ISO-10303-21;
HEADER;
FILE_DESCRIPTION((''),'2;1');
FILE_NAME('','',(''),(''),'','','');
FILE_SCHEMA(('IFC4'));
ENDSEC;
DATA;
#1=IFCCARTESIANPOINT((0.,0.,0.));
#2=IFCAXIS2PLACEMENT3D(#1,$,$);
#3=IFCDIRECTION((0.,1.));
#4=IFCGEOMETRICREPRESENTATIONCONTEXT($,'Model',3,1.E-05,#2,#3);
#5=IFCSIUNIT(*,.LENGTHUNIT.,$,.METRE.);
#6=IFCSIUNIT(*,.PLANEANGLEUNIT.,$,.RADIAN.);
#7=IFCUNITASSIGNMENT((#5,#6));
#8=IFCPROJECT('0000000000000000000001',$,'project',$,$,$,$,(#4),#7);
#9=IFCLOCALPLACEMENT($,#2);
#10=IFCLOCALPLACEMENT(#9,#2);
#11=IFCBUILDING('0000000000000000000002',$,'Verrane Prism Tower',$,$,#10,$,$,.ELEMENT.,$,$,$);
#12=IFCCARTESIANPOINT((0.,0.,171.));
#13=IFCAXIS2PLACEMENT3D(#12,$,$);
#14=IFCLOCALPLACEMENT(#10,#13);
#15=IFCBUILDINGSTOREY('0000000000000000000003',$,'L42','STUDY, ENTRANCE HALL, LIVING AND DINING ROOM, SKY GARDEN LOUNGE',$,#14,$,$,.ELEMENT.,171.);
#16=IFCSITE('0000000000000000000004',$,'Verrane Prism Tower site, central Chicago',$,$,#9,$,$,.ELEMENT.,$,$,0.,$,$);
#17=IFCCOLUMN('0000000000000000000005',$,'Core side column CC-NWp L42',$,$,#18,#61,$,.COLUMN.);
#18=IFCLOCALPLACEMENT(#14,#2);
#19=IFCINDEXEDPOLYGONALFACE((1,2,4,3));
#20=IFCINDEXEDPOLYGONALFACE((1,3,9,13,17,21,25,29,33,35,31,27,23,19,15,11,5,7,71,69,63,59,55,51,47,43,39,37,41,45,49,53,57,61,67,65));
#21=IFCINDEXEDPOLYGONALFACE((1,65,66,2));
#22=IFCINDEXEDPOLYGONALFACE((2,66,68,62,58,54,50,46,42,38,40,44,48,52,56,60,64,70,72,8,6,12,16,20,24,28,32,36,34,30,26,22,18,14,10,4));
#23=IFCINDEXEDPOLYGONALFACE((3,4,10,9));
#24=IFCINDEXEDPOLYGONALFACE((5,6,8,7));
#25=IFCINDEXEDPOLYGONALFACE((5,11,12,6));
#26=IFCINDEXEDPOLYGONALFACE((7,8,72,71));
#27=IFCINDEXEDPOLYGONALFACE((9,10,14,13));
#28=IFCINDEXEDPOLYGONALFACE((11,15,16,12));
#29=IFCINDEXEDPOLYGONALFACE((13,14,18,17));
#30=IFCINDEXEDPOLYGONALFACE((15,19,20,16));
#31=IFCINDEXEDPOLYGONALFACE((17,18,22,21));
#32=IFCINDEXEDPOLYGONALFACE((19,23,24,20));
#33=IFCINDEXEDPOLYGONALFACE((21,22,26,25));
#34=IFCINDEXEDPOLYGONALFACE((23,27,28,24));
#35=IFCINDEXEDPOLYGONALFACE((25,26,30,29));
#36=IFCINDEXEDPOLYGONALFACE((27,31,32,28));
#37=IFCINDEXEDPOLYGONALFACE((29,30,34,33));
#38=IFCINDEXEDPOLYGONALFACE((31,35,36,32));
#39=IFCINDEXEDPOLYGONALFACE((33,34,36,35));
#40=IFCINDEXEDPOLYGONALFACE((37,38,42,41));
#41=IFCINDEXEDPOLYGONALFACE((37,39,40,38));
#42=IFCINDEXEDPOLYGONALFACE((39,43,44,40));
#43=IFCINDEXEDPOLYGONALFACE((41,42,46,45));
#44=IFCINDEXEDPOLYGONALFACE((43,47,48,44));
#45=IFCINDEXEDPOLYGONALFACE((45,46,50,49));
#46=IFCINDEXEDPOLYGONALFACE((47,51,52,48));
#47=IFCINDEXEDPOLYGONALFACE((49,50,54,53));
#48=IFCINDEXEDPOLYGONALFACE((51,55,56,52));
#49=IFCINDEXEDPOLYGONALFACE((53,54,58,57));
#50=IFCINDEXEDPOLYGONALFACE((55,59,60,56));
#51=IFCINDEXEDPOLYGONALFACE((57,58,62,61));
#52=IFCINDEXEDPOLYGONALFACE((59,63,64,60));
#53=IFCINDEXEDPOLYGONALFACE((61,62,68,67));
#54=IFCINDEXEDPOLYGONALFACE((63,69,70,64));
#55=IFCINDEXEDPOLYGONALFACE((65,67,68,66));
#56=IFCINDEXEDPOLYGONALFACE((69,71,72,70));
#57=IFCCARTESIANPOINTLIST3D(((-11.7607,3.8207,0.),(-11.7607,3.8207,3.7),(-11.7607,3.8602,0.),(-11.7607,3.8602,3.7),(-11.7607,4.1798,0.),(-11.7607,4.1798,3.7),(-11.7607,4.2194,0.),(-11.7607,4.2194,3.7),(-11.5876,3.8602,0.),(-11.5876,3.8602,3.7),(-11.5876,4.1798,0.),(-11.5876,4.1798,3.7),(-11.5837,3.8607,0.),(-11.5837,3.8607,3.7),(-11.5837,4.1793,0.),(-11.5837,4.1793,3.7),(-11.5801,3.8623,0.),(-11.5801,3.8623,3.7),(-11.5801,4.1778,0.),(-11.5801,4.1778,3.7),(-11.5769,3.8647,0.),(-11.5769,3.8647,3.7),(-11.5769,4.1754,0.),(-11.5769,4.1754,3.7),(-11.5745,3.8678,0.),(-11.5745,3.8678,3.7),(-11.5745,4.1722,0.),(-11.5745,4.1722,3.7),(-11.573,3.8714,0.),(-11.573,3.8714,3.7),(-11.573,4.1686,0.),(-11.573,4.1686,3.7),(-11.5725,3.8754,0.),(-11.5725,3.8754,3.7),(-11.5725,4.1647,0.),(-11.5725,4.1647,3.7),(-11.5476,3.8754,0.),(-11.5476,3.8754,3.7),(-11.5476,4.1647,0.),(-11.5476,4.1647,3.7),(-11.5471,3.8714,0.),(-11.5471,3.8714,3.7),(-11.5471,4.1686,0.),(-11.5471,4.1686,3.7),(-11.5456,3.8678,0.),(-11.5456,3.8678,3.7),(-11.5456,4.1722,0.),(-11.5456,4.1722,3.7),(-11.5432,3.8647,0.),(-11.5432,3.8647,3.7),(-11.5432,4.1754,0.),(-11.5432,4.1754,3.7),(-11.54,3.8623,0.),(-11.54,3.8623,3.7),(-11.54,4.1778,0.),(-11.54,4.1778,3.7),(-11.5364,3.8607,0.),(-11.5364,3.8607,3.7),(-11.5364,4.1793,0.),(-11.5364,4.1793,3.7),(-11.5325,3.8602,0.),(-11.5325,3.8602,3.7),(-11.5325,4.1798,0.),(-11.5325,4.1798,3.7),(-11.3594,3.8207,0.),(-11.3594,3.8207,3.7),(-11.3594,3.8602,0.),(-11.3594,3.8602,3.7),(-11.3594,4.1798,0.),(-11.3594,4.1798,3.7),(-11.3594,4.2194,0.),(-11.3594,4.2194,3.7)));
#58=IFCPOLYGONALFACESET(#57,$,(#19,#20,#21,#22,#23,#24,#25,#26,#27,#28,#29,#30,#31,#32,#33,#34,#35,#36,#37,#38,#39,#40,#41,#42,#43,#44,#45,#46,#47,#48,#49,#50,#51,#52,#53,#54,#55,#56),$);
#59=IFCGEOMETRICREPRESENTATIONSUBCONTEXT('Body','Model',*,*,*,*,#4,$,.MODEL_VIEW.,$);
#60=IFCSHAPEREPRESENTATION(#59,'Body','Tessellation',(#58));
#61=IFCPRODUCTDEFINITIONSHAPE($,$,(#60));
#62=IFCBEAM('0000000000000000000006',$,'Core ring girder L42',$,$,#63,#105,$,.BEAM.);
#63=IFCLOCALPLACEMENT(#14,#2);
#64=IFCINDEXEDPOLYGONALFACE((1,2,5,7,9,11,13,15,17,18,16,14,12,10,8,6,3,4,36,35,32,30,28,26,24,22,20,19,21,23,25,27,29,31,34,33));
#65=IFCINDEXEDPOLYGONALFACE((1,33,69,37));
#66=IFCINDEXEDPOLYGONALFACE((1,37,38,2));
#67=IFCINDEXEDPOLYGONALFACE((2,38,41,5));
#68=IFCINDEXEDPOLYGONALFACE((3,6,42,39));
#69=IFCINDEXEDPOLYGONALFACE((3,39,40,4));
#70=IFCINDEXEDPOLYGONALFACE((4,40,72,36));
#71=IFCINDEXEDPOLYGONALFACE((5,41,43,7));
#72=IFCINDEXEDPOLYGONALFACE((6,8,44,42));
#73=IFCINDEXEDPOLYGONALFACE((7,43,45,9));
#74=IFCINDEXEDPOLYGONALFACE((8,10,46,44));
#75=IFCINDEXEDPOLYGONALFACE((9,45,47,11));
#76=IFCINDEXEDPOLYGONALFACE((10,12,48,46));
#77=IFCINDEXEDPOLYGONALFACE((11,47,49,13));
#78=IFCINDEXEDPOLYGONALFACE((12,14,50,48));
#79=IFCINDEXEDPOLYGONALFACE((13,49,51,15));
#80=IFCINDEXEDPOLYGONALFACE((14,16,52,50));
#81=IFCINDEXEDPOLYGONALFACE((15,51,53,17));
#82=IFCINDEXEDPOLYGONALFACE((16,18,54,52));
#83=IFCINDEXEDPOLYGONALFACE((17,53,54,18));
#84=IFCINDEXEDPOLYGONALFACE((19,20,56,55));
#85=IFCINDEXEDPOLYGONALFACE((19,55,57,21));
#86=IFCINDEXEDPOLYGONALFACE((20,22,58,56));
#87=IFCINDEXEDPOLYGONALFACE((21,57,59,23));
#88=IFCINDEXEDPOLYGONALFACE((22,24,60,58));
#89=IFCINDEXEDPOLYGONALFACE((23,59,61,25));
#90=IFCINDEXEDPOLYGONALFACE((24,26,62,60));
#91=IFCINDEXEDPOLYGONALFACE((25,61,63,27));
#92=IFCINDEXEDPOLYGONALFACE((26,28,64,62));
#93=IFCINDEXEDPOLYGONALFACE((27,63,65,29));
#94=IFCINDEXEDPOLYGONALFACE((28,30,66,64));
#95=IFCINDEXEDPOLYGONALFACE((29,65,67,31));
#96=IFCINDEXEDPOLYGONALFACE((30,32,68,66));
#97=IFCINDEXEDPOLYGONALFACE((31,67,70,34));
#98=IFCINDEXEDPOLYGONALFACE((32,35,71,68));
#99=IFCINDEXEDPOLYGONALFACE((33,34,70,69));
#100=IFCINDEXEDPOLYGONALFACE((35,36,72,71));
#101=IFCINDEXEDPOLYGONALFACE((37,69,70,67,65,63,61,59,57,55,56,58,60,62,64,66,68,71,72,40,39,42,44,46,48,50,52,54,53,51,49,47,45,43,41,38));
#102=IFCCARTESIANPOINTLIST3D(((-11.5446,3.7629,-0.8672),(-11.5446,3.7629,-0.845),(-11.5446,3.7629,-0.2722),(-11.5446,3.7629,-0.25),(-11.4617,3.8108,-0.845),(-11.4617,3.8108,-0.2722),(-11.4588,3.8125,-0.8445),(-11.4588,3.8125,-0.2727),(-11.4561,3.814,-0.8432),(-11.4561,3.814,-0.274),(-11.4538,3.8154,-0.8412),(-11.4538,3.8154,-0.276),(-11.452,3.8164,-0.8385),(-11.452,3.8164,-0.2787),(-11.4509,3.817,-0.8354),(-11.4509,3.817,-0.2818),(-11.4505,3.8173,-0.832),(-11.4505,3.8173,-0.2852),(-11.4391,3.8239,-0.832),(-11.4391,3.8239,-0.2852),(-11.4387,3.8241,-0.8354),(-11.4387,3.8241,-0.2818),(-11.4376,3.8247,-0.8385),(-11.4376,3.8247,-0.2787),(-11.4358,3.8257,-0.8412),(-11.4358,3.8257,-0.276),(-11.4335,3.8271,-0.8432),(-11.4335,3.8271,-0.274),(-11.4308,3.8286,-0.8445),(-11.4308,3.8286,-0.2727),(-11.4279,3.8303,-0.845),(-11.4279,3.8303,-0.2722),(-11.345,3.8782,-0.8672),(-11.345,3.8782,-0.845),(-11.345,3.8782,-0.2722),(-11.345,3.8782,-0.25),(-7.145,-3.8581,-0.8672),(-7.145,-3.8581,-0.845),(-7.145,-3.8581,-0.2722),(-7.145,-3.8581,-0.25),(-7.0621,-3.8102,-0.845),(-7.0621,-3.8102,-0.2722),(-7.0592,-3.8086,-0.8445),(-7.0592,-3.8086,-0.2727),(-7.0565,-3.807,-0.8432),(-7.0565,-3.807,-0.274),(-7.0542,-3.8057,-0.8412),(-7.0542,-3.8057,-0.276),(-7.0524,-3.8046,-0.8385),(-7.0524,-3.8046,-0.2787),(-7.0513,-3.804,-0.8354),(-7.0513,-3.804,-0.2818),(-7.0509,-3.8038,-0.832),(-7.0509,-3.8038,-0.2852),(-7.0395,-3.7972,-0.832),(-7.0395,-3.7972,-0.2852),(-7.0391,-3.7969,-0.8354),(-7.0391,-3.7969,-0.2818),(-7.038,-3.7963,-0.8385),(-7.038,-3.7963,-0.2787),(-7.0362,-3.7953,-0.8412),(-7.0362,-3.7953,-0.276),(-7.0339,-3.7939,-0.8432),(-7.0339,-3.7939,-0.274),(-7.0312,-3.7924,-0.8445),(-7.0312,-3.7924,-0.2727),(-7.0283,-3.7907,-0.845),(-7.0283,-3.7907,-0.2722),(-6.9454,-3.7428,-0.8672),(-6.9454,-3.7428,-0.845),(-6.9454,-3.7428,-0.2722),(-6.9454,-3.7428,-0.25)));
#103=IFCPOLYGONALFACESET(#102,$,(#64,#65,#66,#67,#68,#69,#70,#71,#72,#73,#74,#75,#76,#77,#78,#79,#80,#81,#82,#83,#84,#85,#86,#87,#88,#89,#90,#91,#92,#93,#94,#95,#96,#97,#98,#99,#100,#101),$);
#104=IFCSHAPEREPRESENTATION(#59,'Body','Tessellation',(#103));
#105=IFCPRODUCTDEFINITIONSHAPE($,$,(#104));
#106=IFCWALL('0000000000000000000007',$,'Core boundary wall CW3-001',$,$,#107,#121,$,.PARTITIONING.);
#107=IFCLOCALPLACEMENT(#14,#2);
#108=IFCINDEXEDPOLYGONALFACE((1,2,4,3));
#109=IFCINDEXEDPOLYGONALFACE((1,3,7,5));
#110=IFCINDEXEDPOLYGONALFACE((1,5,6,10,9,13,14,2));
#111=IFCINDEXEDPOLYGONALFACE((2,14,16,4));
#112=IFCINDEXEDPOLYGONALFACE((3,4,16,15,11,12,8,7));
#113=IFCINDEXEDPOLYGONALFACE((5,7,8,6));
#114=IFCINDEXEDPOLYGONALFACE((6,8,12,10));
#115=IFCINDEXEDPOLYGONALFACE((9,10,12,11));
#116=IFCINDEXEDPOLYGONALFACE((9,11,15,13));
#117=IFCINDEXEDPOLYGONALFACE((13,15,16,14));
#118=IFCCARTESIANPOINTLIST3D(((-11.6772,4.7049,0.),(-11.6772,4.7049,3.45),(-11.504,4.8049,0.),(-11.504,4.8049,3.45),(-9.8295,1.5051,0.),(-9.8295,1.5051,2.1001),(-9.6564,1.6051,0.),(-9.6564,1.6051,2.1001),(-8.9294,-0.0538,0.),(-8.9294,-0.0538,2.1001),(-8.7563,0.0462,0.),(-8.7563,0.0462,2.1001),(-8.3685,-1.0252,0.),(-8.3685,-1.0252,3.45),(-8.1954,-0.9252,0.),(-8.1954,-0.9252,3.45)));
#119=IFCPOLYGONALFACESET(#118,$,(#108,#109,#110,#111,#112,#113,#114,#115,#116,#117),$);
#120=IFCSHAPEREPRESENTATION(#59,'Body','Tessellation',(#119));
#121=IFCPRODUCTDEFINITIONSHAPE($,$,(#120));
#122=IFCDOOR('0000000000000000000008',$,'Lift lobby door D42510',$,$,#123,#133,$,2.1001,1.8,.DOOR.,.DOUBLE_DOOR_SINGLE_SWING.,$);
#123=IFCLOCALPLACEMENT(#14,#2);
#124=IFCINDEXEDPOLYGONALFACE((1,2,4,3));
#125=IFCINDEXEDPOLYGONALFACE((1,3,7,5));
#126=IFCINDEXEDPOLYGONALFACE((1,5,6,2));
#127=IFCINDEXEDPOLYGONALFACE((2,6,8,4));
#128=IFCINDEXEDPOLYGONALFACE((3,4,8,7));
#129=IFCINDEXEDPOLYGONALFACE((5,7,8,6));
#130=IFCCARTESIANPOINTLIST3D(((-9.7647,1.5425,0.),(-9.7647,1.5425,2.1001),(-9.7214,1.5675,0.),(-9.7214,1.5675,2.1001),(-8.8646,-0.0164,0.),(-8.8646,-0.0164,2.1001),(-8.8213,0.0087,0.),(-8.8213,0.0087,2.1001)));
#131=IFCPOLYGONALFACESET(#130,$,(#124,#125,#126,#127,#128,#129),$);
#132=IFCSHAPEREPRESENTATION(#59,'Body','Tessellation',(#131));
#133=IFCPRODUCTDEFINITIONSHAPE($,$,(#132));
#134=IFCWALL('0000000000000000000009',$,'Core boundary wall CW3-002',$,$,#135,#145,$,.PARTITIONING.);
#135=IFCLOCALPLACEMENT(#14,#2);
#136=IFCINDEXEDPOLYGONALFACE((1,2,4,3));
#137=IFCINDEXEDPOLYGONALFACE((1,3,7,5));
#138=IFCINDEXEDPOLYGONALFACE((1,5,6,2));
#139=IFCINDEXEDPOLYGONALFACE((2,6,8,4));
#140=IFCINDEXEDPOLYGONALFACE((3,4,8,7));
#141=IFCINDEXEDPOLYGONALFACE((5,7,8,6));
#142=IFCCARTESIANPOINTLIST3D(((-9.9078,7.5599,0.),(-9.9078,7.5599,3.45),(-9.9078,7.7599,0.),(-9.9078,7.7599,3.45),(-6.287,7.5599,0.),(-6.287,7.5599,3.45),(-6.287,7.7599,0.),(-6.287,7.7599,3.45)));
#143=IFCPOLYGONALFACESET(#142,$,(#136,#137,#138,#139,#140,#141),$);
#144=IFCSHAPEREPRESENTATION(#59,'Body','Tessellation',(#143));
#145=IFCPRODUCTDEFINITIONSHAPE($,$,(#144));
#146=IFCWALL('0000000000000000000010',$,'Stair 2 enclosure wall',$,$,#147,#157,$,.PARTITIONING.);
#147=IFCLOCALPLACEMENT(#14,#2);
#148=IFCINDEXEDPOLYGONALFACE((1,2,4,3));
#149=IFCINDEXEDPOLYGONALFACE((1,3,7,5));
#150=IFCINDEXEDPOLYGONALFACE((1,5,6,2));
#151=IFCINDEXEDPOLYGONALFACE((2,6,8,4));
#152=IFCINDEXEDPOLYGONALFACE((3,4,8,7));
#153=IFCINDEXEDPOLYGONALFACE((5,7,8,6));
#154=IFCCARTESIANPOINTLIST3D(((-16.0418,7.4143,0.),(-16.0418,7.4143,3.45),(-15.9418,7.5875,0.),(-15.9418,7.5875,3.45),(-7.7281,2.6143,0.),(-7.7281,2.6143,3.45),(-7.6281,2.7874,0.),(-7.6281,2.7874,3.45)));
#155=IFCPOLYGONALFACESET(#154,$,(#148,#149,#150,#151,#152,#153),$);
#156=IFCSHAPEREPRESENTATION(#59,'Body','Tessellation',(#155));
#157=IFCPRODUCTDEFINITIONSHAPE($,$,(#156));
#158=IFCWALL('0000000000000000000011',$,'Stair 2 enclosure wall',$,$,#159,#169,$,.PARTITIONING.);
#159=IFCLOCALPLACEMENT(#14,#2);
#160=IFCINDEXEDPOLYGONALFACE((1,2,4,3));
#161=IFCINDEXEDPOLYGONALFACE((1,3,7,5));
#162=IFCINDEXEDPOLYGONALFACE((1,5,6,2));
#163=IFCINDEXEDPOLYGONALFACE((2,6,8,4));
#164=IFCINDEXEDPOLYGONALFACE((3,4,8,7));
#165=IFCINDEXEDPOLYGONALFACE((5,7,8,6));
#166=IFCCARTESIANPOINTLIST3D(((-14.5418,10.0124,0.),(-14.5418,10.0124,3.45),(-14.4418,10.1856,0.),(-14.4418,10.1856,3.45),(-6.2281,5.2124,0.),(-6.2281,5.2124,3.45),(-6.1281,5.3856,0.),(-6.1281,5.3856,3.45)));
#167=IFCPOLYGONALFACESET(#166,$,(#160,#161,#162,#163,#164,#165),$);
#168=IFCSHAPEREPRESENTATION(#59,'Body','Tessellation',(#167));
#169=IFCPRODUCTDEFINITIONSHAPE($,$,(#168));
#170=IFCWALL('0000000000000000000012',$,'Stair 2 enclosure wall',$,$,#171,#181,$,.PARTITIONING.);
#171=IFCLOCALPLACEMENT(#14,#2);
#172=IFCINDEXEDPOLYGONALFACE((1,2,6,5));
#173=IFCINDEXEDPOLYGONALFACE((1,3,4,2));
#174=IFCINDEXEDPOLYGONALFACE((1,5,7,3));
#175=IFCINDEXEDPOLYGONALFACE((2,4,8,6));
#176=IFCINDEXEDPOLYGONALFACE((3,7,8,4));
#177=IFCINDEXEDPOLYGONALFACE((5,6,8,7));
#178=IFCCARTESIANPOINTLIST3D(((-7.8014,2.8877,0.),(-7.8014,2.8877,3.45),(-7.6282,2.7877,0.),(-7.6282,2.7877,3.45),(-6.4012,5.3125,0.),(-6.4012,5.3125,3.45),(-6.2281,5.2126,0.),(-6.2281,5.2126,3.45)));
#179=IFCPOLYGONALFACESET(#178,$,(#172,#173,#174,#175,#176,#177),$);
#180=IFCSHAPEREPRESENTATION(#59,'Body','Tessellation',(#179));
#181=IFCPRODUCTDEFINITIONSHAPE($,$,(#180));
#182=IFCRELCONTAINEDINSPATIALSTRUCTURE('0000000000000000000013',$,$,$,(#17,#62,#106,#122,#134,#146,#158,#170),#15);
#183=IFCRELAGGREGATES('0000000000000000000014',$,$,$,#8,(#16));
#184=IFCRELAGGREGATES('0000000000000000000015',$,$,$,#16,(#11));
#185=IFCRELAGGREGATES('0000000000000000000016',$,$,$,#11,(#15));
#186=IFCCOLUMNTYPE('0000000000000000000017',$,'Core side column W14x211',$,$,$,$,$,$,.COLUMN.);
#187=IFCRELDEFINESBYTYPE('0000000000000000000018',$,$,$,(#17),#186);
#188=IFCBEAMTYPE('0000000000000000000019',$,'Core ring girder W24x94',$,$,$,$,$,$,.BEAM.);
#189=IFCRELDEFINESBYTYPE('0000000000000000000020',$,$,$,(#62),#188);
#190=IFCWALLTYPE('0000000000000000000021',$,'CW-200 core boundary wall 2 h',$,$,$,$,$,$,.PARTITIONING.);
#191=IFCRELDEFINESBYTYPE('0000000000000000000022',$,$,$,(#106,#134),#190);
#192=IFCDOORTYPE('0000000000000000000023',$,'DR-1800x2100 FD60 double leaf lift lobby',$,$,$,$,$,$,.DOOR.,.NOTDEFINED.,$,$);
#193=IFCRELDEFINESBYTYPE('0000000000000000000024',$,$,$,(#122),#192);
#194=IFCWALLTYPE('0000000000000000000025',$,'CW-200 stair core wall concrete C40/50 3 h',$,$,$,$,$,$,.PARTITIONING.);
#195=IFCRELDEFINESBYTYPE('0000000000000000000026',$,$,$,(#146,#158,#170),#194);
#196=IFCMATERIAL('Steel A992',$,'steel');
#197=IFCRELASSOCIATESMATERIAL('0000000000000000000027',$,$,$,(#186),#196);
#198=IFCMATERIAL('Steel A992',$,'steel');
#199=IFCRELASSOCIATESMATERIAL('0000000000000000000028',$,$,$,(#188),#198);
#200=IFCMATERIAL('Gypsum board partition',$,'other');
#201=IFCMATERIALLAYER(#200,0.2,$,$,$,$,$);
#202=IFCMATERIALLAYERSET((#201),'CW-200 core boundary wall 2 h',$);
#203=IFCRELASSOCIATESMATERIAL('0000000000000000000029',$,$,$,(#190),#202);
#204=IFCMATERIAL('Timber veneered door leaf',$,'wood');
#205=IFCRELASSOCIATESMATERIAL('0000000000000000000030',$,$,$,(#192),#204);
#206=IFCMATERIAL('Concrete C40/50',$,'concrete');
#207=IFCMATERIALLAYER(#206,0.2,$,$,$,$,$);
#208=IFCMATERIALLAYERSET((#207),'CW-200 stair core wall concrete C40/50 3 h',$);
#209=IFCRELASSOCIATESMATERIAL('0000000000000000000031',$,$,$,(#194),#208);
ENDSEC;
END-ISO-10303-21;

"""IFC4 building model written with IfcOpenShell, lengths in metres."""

from ifc_helpers import new_model, si_unit, direction, frame, frame_2d, origin, origin_2d, place, context, subcontext, project, spatial, rectangle, i_section, extrude, material, layer, layer_set, material_profile, profile_set, type_object, element, fill, save


model = new_model("IFC4")

# Units and contexts
model_context = context("Model", 3, precision=1e-05, world=origin(), true_north=direction((0.0, 1.0)))
body_context = subcontext(model_context, "Body", "Model", "MODEL_VIEW")
ifc_project = project(units=[si_unit("LENGTHUNIT", "METRE"), si_unit("PLANEANGLEUNIT", "RADIAN")], contexts=[model_context])

# Site, building, storey
site_placement = place(None, origin())
site = spatial("IfcSite", under=ifc_project, at=site_placement, Name="Verrane Prism Tower site, central Chicago", CompositionType="ELEMENT", RefElevation=0.0)
building_placement = place(site_placement, origin())
building = spatial("IfcBuilding", under=site, at=building_placement, Name="Verrane Prism Tower", CompositionType="ELEMENT")
storey_placement = place(building_placement, frame((0.0, 0.0, 171.0)))
storey = spatial("IfcBuildingStorey", under=building, at=storey_placement, Name="L42", Description="STUDY, ENTRANCE HALL, LIVING AND DINING ROOM, SKY GARDEN LOUNGE", CompositionType="ELEMENT", Elevation=171.0)

# Column
ifc_material_1 = material(Name="Steel A992", Category="steel")
ifc_material_profile_1 = material_profile(ifc_material_1, i_section(OverallWidth=0.4014, OverallDepth=0.3987, WebThickness=0.0249, FlangeThickness=0.0396, FilletRadius=0.0151, at=origin_2d()), Name="W14x211")
ifc_profile_set_1 = profile_set([ifc_material_profile_1], Name="Steel A992")
column_type = type_object("IfcColumnType", Name="Core side column W14x211", PredefinedType="COLUMN", material=ifc_profile_set_1)
column_placement = place(storey_placement, frame((-11.5601, 4.02, 0.0), z_axis=(0.0, 0.0, 1.0), x_axis=(1.0, 0.0, 0.0)))
element("IfcColumn", 1, at=column_placement, inside=storey, type_object=column_type, Name="Core side column CC-NWp L42", PredefinedType="COLUMN", context=body_context, shape_type="SweptSolid", body=[
    extrude(i_section(OverallWidth=0.4014, OverallDepth=0.3987, WebThickness=0.0249, FlangeThickness=0.0396, FilletRadius=0.0151, at=origin_2d()), origin(), (0.0, 0.0, 1.0), 3.7),
])

# Beam
ifc_material_2 = material(Name="Steel A992", Category="steel")
ifc_material_profile_2 = material_profile(ifc_material_2, i_section(OverallWidth=0.2305, OverallDepth=0.6172, WebThickness=0.0132, FlangeThickness=0.0222, FilletRadius=0.0129, at=origin_2d()), Name="W24x94")
ifc_profile_set_2 = profile_set([ifc_material_profile_2], Name="Steel A992")
beam_type = type_object("IfcBeamType", Name="Core ring girder W24x94", PredefinedType="BEAM", material=ifc_profile_set_2)
beam_placement = place(storey_placement, frame((-11.4448, 3.8206, -0.5586), z_axis=(0.499967, -0.866044, 0.0), x_axis=(0.866044, 0.499967, 0.0)))
element("IfcBeam", 2, at=beam_placement, inside=storey, type_object=beam_type, Name="Core ring girder L42", PredefinedType="BEAM", context=body_context, shape_type="SweptSolid", body=[
    extrude(i_section(OverallWidth=0.2305, OverallDepth=0.6172, WebThickness=0.0132, FlangeThickness=0.0222, FilletRadius=0.0129, at=origin_2d()), origin(), (0.0, 0.0, 1.0), 8.7998),
])

# Wall, opening, door
ifc_material_3 = material(Name="Gypsum board partition", Category="other")
ifc_layer_1 = layer(ifc_material_3, 0.2)
ifc_layer_set_1 = layer_set([ifc_layer_1], Name="CW-200 core boundary wall 2 h")
wall_type_1 = type_object("IfcWallType", Name="CW-200 core boundary wall 2 h", PredefinedType="PARTITIONING", material=ifc_layer_set_1)
wall_1_placement = place(storey_placement, frame((-11.5906, 4.7549, 0.0), z_axis=(0.0, 0.0, 1.0), x_axis=(0.500044, -0.866, 0.0)))
wall_1 = element("IfcWall", 3, at=wall_1_placement, inside=storey, type_object=wall_type_1, Name="Core boundary wall CW3-001", PredefinedType="PARTITIONING", context=body_context, shape_type="SweptSolid", body=[
    extrude(rectangle(XDim=6.6167, YDim=0.2, at=frame_2d((3.3083, 0.0))), origin(), (0.0, 0.0, 1.0), 3.45),
])
opening_1_placement = place(wall_1_placement, frame((3.6951, 0.0, 0.0)))
opening_1 = element("IfcOpeningElement", 4, at=opening_1_placement, cuts=wall_1, PredefinedType="OPENING", context=body_context, shape_type="SweptSolid", body=[
    extrude(rectangle(XDim=1.8, YDim=2.1001, at=frame_2d((0.8999, 1.05))), frame((0.0, 0.1099, 0.0), z_axis=(0.0, -1.0, 0.0), x_axis=(1.0, 0.0, 0.0)), (0.0, 0.0, 1.0), 0.22),
])
ifc_material_4 = material(Name="Timber veneered door leaf", Category="wood")
door_type_1 = type_object("IfcDoorType", Name="DR-1800x2100 FD60 double leaf lift lobby", OperationType="NOTDEFINED", PredefinedType="DOOR", material=ifc_material_4)
door_1_placement = place(opening_1_placement, origin())
door_1 = element("IfcDoor", 5, at=door_1_placement, inside=storey, type_object=door_type_1, Name="Lift lobby door D42510", OperationType="DOUBLE_DOOR_SINGLE_SWING", OverallHeight=2.1001, OverallWidth=1.8, PredefinedType="DOOR", context=body_context, shape_type="SweptSolid", body=[
    extrude(rectangle(XDim=1.8, YDim=2.1001, at=frame_2d((0.8999, 1.05))), frame((0.0, 0.0249, 0.0), z_axis=(0.0, -1.0, 0.0), x_axis=(1.0, 0.0, 0.0)), (0.0, 0.0, 1.0), 0.05),
])
fill(opening_1, door_1)

# Walls
wall_2_placement = place(storey_placement, frame((-9.908, 7.6599, 0.0), z_axis=(0.0, 0.0, 1.0), x_axis=(1.0, 0.0, 0.0)))
element("IfcWall", 6, at=wall_2_placement, inside=storey, type_object=wall_type_1, Name="Core boundary wall CW3-002", PredefinedType="PARTITIONING", context=body_context, shape_type="SweptSolid", body=[
    extrude(rectangle(XDim=3.6208, YDim=0.2, at=frame_2d((1.8105, 0.0))), origin(), (0.0, 0.0, 1.0), 3.45),
])
ifc_material_5 = material(Name="Concrete C40/50", Category="concrete")
ifc_layer_2 = layer(ifc_material_5, 0.2)
ifc_layer_set_2 = layer_set([ifc_layer_2], Name="CW-200 stair core wall concrete C40/50 3 h")
wall_type_2 = type_object("IfcWallType", Name="CW-200 stair core wall concrete C40/50 3 h", PredefinedType="PARTITIONING", material=ifc_layer_set_2)
for number, where, z_axis, x_axis, name in (
    (7, (-7.6782, 2.7009, 0.0), (0.0, 0.0, 1.0), (-0.86602, 0.500009, 0.0), "Stair 2 enclosure wall"),
    (8, (-6.1782, 5.2991, 0.0), (0.0, 0.0, 1.0), (-0.86602, 0.500009, 0.0), "Stair 2 enclosure wall"),
):
    element("IfcWall", number, at=place(storey_placement, frame(where, z_axis=z_axis, x_axis=x_axis)), inside=storey, type_object=wall_type_2, Name=name, PredefinedType="PARTITIONING", context=body_context, shape_type="SweptSolid", body=[
        extrude(rectangle(XDim=9.5999, YDim=0.2, at=frame_2d((4.7998, 0.0))), origin(), (0.0, 0.0, 1.0), 3.45),
    ])
wall_3_placement = place(storey_placement, frame((-6.3147, 5.2625, 0.0), z_axis=(0.0, 0.0, 1.0), x_axis=(-0.50005, -0.865997, 0.0)))
element("IfcWall", 9, at=wall_3_placement, inside=storey, type_object=wall_type_2, Name="Stair 2 enclosure wall", PredefinedType="PARTITIONING", context=body_context, shape_type="SweptSolid", body=[
    extrude(rectangle(XDim=2.8, YDim=0.2, at=frame_2d((1.3999, 0.0))), origin(), (0.0, 0.0, 1.0), 3.45),
])

save(model, "model.ifc")
